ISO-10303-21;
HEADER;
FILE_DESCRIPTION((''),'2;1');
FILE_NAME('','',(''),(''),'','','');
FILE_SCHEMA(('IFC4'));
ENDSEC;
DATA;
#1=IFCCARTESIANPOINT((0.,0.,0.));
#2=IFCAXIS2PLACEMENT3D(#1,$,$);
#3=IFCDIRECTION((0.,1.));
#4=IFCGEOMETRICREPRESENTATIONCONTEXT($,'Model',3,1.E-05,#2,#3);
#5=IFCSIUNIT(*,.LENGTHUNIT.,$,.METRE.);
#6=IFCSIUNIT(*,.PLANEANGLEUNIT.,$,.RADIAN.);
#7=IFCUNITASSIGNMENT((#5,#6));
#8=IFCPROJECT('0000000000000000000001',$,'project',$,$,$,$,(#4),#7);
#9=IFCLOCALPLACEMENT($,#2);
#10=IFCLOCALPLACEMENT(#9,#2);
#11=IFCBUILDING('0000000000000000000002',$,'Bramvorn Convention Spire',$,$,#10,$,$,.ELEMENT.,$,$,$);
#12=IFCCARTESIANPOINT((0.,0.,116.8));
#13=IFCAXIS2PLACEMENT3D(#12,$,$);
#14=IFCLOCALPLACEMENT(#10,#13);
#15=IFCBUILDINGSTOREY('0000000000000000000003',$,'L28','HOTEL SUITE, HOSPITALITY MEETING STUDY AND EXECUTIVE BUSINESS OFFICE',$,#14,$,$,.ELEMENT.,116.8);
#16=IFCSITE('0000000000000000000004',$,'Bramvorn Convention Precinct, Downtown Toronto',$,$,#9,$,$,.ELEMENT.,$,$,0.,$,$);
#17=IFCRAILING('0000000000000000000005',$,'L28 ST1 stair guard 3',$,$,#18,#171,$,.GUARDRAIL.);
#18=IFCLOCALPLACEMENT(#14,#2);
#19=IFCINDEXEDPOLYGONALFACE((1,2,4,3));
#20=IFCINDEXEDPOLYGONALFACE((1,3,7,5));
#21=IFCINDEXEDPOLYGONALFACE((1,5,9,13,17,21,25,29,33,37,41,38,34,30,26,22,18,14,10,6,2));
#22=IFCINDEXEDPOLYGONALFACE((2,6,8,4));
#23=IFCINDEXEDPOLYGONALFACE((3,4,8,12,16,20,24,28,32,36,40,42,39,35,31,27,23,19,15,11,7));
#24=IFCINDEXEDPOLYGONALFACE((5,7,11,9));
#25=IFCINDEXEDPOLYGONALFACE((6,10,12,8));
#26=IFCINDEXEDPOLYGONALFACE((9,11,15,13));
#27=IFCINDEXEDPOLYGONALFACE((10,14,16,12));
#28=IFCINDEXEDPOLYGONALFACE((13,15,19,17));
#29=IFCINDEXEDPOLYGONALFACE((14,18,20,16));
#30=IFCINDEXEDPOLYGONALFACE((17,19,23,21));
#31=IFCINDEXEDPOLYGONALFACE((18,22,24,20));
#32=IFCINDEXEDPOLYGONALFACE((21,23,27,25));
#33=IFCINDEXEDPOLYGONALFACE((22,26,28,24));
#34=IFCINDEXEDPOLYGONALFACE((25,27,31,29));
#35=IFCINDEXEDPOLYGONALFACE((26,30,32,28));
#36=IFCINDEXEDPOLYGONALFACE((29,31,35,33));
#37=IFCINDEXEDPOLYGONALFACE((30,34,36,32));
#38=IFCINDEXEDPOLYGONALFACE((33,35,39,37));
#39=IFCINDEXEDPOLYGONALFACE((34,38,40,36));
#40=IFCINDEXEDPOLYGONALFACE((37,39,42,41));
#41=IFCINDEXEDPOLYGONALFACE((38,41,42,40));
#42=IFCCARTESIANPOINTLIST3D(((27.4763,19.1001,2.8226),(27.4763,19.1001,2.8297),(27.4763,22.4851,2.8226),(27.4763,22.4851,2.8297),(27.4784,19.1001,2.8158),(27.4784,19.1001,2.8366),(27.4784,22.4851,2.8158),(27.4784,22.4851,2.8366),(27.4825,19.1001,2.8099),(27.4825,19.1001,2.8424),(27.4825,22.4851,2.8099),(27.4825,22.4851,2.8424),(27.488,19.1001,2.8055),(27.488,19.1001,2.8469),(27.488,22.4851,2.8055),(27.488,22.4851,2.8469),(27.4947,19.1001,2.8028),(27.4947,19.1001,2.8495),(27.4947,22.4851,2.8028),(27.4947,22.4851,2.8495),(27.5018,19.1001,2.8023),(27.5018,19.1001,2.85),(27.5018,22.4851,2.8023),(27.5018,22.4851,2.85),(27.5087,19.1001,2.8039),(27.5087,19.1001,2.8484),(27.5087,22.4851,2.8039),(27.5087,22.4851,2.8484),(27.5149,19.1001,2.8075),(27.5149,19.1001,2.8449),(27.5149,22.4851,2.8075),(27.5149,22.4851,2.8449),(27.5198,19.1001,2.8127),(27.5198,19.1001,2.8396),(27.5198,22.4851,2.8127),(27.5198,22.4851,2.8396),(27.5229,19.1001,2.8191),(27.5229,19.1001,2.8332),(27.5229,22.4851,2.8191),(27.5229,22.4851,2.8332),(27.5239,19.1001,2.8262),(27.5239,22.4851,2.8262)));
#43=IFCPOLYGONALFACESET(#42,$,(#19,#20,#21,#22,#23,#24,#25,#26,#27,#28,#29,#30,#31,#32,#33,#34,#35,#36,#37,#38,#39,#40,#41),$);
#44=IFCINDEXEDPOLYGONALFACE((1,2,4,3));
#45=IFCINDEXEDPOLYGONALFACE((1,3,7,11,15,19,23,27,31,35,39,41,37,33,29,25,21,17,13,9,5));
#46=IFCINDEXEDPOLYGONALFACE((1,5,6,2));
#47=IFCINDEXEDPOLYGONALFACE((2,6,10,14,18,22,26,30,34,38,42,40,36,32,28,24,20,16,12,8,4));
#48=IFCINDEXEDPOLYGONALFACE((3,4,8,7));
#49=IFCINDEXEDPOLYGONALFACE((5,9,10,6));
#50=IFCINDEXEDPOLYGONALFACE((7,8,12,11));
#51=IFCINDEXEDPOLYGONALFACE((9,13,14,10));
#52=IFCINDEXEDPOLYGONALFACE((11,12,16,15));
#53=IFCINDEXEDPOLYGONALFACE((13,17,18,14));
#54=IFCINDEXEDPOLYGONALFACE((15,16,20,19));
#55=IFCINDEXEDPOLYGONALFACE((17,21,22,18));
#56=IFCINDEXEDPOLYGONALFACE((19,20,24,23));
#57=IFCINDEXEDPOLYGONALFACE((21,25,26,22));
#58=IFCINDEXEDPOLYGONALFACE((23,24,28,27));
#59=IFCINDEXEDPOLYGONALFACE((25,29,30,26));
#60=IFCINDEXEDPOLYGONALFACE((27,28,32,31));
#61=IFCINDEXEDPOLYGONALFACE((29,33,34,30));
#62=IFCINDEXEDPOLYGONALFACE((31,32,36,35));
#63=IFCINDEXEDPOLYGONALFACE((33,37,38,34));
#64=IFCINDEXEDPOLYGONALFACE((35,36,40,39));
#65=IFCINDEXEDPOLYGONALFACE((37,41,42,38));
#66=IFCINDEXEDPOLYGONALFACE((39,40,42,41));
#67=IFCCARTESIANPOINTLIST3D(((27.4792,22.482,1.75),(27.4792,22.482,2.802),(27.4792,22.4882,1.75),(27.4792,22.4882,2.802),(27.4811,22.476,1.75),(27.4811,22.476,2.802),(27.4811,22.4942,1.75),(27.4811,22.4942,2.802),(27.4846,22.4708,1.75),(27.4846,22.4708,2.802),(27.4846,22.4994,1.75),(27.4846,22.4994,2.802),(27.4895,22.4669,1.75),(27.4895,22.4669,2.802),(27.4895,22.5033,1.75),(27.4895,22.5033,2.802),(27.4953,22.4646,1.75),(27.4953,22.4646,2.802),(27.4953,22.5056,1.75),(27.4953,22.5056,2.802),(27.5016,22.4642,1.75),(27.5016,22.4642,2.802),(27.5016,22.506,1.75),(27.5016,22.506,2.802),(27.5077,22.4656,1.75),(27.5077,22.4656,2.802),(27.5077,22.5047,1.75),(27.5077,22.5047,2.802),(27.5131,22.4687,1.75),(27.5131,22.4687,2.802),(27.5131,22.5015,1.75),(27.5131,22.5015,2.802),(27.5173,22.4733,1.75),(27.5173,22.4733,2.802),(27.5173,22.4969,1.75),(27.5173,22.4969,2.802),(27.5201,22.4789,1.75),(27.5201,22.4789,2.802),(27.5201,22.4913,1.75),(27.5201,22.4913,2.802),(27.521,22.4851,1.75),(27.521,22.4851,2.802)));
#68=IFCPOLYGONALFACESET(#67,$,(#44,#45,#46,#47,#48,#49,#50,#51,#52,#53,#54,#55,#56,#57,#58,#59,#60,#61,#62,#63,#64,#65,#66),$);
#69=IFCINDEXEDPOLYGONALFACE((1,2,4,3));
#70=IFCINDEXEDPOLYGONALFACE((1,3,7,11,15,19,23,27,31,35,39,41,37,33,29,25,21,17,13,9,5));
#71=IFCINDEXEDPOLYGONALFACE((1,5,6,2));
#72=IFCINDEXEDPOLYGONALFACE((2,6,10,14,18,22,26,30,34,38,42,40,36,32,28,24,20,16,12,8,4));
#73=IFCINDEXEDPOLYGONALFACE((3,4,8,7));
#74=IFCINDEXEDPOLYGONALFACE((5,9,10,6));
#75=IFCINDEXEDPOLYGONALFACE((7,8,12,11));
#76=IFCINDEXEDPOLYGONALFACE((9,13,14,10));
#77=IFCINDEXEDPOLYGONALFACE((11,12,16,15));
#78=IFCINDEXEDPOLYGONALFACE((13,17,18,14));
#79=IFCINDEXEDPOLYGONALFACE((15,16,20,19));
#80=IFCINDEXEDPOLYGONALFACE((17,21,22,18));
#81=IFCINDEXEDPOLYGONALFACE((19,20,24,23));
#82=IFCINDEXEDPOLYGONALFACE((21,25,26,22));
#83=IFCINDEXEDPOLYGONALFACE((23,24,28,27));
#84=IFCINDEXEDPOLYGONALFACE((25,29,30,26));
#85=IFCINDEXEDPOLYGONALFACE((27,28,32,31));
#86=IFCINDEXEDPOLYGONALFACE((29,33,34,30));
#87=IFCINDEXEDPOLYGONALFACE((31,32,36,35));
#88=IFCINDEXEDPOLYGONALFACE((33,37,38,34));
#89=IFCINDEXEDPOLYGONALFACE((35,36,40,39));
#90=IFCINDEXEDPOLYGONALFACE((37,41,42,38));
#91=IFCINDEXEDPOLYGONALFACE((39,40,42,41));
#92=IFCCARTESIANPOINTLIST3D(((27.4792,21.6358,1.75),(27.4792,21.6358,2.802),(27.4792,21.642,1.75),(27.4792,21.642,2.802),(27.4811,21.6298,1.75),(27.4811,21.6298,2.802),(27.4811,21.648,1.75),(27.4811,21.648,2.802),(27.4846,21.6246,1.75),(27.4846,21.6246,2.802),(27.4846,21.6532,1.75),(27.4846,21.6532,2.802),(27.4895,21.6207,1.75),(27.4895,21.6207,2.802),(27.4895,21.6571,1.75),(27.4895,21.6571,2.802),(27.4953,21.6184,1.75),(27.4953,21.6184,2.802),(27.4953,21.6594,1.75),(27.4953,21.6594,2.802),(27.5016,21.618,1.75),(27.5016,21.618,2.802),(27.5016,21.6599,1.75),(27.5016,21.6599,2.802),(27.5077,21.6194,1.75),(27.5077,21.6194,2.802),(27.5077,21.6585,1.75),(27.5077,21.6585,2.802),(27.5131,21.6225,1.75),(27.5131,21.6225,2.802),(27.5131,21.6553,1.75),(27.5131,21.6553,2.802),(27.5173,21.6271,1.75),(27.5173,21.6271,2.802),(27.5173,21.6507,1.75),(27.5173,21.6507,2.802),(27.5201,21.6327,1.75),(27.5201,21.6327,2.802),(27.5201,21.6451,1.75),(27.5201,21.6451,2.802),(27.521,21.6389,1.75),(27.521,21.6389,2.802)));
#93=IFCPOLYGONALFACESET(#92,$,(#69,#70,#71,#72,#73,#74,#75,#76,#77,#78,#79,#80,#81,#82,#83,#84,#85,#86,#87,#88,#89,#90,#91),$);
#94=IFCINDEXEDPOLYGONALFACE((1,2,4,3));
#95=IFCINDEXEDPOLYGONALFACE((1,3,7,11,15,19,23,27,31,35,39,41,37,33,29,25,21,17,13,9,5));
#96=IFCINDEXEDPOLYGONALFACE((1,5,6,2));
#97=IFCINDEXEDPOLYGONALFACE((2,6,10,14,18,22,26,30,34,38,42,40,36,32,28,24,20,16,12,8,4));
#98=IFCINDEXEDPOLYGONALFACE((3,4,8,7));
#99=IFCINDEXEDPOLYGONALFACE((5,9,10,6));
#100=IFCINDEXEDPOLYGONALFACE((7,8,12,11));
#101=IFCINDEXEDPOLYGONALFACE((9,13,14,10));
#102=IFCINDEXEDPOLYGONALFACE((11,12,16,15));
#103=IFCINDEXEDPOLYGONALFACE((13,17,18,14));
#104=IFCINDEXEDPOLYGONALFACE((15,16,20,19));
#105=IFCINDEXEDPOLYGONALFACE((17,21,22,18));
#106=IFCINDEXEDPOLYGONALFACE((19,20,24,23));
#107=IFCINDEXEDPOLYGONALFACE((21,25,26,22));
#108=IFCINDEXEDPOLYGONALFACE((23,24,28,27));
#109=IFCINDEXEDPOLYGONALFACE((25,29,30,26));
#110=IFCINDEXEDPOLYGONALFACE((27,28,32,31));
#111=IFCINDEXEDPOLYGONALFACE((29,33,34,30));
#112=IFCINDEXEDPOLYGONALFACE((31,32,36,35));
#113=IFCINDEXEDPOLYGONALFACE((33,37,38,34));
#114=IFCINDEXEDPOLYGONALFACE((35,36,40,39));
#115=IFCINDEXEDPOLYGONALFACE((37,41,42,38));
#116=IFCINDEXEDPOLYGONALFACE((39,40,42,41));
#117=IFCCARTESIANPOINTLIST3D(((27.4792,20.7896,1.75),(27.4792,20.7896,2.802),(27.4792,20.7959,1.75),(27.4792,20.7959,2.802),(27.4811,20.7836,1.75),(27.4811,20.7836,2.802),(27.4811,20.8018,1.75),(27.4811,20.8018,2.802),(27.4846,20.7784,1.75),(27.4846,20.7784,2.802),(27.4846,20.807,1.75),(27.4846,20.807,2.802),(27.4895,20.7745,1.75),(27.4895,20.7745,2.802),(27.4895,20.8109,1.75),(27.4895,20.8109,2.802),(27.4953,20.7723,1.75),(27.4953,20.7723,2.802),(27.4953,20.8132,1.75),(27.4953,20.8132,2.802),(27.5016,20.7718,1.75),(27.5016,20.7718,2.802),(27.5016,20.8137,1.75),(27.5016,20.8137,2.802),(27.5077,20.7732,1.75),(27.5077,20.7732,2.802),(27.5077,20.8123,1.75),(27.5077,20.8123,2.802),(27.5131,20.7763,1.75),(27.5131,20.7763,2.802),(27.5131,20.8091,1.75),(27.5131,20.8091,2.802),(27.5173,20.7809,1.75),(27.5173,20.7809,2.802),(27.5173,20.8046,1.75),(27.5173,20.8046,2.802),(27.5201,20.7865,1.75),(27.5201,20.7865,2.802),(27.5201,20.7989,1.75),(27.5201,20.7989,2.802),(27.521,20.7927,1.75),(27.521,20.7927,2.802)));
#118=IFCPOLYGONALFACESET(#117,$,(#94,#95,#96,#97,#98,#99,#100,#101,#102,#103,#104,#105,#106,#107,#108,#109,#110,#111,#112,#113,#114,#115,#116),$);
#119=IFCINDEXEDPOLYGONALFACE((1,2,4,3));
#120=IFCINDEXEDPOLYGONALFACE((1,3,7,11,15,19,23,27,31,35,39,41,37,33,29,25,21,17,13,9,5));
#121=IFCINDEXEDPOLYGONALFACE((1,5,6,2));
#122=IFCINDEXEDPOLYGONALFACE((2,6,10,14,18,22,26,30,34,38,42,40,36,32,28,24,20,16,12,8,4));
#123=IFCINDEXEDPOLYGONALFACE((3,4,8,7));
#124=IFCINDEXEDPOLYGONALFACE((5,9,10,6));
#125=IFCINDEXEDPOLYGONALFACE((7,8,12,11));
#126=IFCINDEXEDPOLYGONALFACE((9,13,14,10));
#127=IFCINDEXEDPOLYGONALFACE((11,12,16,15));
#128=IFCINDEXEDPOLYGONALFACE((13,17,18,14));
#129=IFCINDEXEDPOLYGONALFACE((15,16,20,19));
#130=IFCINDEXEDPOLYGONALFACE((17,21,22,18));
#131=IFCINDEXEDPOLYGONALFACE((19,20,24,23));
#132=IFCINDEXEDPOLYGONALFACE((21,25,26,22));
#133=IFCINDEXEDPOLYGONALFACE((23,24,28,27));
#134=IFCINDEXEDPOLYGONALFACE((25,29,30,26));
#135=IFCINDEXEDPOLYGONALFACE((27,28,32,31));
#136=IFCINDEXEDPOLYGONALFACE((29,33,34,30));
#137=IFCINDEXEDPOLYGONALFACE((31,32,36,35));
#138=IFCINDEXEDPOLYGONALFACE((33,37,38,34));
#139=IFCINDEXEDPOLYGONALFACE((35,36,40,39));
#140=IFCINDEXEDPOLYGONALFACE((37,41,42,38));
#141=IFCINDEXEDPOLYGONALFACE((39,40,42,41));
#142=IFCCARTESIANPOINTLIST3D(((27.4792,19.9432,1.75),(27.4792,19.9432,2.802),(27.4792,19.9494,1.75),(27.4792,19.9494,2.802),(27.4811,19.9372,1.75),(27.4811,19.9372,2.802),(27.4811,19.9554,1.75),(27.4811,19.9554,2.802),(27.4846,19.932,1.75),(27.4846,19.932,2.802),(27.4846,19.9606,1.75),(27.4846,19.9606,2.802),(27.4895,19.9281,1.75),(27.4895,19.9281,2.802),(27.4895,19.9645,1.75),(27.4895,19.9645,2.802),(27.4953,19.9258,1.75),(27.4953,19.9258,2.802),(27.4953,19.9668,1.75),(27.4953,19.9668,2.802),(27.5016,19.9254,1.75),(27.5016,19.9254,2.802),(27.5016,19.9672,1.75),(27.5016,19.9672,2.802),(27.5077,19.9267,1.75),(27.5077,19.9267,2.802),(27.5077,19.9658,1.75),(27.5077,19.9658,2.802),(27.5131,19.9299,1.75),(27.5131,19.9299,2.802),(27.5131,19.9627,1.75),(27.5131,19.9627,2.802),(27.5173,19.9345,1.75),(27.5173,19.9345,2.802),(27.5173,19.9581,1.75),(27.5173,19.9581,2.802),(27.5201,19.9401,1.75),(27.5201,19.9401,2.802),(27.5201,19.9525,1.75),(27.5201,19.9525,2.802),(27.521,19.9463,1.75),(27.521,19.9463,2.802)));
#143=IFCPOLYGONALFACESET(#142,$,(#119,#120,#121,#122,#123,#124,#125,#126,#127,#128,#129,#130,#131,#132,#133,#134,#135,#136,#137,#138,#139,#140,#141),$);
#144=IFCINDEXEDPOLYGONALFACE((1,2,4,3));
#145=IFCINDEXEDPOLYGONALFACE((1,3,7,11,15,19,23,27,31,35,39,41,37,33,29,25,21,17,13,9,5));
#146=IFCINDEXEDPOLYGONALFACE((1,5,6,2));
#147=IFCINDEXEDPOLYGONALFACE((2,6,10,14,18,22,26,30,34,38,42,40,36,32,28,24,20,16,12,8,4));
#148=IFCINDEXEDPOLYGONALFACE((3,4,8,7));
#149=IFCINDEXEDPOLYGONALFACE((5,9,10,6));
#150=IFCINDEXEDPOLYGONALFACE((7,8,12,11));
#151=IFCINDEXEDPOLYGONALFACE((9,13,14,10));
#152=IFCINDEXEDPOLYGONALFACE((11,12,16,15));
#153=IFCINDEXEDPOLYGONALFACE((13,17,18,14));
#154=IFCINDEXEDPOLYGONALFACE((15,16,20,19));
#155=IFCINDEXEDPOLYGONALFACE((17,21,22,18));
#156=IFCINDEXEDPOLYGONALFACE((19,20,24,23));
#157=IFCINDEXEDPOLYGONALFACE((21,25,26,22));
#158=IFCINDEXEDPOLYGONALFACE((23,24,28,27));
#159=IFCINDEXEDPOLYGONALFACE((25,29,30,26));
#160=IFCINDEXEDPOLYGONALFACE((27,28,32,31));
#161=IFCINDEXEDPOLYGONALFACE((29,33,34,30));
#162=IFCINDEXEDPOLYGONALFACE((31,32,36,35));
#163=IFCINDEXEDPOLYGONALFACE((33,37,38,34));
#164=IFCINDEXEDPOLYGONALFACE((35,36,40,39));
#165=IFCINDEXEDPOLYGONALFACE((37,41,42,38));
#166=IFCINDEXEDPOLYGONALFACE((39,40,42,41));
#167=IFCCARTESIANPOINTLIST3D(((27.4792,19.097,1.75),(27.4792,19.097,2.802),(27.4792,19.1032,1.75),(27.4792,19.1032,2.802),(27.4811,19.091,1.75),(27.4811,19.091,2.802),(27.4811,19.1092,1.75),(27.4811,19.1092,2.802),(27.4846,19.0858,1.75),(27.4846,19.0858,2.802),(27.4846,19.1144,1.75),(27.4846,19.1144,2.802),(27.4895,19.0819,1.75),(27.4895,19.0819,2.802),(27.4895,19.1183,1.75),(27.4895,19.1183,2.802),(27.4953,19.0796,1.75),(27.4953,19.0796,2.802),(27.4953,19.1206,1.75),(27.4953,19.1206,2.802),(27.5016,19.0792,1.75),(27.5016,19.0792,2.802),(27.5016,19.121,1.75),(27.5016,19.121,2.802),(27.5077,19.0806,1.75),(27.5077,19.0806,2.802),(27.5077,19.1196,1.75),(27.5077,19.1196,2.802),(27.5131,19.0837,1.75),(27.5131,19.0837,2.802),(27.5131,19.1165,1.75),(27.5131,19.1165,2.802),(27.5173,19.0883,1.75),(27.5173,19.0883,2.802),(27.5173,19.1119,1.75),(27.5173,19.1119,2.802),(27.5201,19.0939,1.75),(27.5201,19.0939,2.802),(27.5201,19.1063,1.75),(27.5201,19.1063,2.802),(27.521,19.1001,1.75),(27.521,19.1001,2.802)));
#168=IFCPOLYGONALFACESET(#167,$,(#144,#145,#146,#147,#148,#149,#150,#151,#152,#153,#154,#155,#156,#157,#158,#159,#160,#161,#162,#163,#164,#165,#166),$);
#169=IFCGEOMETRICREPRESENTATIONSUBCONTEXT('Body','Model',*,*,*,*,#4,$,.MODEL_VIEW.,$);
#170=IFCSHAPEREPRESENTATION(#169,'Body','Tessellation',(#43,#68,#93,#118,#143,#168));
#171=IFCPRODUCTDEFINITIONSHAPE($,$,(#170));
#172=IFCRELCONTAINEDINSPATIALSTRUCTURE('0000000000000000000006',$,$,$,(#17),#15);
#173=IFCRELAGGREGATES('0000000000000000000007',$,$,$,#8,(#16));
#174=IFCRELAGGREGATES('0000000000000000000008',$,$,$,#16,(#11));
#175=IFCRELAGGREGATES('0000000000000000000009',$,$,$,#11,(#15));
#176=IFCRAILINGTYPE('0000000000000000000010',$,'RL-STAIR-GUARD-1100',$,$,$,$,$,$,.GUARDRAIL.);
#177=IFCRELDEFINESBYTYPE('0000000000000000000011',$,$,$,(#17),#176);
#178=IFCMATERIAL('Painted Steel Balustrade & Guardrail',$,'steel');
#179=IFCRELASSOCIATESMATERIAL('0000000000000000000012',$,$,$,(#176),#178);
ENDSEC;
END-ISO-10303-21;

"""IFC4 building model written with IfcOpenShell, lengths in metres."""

from ifc_helpers import new_model, si_unit, direction, frame, origin, origin_2d, place, context, subcontext, project, spatial, circle, extrude, material, type_object, element, save


model = new_model("IFC4")

# Units and contexts
model_context = context("Model", 3, precision=1e-05, world=origin(), true_north=direction((0.0, 1.0)))
body_context = subcontext(model_context, "Body", "Model", "MODEL_VIEW")
ifc_project = project(units=[si_unit("LENGTHUNIT", "METRE"), si_unit("PLANEANGLEUNIT", "RADIAN")], contexts=[model_context])

# Site, building, storey
site_placement = place(None, origin())
site = spatial("IfcSite", under=ifc_project, at=site_placement, Name="Bramvorn Convention Precinct, Downtown Toronto", CompositionType="ELEMENT", RefElevation=0.0)
building_placement = place(site_placement, origin())
building = spatial("IfcBuilding", under=site, at=building_placement, Name="Bramvorn Convention Spire", CompositionType="ELEMENT")
storey_placement = place(building_placement, frame((0.0, 0.0, 116.8)))
storey = spatial("IfcBuildingStorey", under=building, at=storey_placement, Name="L28", Description="HOTEL SUITE, HOSPITALITY MEETING STUDY AND EXECUTIVE BUSINESS OFFICE", CompositionType="ELEMENT", Elevation=116.8)

# Railing
ifc_material_1 = material(Name="Painted Steel Balustrade & Guardrail", Category="steel")
railing_type_1 = type_object("IfcRailingType", Name="RL-STAIR-GUARD-1100", PredefinedType="GUARDRAIL", material=ifc_material_1)
for number, where, name in (
    (1, (27.5, 22.4851, 1.75), "L28 ST1 stair guard 3"),
):
    element("IfcRailing", number, at=place(storey_placement, frame(where)), inside=storey, type_object=railing_type_1, Name=name, PredefinedType="GUARDRAIL", context=body_context, shape_type="SweptSolid", body=[
        extrude(circle(Radius=0.0239, at=origin_2d()), frame((0.0, 0.0, 1.0762), z_axis=(0.0, -1.0, 0.0), x_axis=(1.0, 0.0, 0.0)), (0.0, 0.0, 1.0), 3.385),
        extrude(circle(Radius=0.021, at=origin_2d()), origin(), (0.0, 0.0, 1.0), 1.052),
        extrude(circle(Radius=0.021, at=origin_2d()), frame((0.0, -0.8462, 0.0)), (0.0, 0.0, 1.0), 1.052),
        extrude(circle(Radius=0.021, at=origin_2d()), frame((0.0, -1.6924, 0.0)), (0.0, 0.0, 1.0), 1.052),
        extrude(circle(Radius=0.021, at=origin_2d()), frame((0.0, -2.5388, 0.0)), (0.0, 0.0, 1.0), 1.052),
        extrude(circle(Radius=0.021, at=origin_2d()), frame((0.0, -3.385, 0.0)), (0.0, 0.0, 1.0), 1.052),
    ])

save(model, "model.ifc")
